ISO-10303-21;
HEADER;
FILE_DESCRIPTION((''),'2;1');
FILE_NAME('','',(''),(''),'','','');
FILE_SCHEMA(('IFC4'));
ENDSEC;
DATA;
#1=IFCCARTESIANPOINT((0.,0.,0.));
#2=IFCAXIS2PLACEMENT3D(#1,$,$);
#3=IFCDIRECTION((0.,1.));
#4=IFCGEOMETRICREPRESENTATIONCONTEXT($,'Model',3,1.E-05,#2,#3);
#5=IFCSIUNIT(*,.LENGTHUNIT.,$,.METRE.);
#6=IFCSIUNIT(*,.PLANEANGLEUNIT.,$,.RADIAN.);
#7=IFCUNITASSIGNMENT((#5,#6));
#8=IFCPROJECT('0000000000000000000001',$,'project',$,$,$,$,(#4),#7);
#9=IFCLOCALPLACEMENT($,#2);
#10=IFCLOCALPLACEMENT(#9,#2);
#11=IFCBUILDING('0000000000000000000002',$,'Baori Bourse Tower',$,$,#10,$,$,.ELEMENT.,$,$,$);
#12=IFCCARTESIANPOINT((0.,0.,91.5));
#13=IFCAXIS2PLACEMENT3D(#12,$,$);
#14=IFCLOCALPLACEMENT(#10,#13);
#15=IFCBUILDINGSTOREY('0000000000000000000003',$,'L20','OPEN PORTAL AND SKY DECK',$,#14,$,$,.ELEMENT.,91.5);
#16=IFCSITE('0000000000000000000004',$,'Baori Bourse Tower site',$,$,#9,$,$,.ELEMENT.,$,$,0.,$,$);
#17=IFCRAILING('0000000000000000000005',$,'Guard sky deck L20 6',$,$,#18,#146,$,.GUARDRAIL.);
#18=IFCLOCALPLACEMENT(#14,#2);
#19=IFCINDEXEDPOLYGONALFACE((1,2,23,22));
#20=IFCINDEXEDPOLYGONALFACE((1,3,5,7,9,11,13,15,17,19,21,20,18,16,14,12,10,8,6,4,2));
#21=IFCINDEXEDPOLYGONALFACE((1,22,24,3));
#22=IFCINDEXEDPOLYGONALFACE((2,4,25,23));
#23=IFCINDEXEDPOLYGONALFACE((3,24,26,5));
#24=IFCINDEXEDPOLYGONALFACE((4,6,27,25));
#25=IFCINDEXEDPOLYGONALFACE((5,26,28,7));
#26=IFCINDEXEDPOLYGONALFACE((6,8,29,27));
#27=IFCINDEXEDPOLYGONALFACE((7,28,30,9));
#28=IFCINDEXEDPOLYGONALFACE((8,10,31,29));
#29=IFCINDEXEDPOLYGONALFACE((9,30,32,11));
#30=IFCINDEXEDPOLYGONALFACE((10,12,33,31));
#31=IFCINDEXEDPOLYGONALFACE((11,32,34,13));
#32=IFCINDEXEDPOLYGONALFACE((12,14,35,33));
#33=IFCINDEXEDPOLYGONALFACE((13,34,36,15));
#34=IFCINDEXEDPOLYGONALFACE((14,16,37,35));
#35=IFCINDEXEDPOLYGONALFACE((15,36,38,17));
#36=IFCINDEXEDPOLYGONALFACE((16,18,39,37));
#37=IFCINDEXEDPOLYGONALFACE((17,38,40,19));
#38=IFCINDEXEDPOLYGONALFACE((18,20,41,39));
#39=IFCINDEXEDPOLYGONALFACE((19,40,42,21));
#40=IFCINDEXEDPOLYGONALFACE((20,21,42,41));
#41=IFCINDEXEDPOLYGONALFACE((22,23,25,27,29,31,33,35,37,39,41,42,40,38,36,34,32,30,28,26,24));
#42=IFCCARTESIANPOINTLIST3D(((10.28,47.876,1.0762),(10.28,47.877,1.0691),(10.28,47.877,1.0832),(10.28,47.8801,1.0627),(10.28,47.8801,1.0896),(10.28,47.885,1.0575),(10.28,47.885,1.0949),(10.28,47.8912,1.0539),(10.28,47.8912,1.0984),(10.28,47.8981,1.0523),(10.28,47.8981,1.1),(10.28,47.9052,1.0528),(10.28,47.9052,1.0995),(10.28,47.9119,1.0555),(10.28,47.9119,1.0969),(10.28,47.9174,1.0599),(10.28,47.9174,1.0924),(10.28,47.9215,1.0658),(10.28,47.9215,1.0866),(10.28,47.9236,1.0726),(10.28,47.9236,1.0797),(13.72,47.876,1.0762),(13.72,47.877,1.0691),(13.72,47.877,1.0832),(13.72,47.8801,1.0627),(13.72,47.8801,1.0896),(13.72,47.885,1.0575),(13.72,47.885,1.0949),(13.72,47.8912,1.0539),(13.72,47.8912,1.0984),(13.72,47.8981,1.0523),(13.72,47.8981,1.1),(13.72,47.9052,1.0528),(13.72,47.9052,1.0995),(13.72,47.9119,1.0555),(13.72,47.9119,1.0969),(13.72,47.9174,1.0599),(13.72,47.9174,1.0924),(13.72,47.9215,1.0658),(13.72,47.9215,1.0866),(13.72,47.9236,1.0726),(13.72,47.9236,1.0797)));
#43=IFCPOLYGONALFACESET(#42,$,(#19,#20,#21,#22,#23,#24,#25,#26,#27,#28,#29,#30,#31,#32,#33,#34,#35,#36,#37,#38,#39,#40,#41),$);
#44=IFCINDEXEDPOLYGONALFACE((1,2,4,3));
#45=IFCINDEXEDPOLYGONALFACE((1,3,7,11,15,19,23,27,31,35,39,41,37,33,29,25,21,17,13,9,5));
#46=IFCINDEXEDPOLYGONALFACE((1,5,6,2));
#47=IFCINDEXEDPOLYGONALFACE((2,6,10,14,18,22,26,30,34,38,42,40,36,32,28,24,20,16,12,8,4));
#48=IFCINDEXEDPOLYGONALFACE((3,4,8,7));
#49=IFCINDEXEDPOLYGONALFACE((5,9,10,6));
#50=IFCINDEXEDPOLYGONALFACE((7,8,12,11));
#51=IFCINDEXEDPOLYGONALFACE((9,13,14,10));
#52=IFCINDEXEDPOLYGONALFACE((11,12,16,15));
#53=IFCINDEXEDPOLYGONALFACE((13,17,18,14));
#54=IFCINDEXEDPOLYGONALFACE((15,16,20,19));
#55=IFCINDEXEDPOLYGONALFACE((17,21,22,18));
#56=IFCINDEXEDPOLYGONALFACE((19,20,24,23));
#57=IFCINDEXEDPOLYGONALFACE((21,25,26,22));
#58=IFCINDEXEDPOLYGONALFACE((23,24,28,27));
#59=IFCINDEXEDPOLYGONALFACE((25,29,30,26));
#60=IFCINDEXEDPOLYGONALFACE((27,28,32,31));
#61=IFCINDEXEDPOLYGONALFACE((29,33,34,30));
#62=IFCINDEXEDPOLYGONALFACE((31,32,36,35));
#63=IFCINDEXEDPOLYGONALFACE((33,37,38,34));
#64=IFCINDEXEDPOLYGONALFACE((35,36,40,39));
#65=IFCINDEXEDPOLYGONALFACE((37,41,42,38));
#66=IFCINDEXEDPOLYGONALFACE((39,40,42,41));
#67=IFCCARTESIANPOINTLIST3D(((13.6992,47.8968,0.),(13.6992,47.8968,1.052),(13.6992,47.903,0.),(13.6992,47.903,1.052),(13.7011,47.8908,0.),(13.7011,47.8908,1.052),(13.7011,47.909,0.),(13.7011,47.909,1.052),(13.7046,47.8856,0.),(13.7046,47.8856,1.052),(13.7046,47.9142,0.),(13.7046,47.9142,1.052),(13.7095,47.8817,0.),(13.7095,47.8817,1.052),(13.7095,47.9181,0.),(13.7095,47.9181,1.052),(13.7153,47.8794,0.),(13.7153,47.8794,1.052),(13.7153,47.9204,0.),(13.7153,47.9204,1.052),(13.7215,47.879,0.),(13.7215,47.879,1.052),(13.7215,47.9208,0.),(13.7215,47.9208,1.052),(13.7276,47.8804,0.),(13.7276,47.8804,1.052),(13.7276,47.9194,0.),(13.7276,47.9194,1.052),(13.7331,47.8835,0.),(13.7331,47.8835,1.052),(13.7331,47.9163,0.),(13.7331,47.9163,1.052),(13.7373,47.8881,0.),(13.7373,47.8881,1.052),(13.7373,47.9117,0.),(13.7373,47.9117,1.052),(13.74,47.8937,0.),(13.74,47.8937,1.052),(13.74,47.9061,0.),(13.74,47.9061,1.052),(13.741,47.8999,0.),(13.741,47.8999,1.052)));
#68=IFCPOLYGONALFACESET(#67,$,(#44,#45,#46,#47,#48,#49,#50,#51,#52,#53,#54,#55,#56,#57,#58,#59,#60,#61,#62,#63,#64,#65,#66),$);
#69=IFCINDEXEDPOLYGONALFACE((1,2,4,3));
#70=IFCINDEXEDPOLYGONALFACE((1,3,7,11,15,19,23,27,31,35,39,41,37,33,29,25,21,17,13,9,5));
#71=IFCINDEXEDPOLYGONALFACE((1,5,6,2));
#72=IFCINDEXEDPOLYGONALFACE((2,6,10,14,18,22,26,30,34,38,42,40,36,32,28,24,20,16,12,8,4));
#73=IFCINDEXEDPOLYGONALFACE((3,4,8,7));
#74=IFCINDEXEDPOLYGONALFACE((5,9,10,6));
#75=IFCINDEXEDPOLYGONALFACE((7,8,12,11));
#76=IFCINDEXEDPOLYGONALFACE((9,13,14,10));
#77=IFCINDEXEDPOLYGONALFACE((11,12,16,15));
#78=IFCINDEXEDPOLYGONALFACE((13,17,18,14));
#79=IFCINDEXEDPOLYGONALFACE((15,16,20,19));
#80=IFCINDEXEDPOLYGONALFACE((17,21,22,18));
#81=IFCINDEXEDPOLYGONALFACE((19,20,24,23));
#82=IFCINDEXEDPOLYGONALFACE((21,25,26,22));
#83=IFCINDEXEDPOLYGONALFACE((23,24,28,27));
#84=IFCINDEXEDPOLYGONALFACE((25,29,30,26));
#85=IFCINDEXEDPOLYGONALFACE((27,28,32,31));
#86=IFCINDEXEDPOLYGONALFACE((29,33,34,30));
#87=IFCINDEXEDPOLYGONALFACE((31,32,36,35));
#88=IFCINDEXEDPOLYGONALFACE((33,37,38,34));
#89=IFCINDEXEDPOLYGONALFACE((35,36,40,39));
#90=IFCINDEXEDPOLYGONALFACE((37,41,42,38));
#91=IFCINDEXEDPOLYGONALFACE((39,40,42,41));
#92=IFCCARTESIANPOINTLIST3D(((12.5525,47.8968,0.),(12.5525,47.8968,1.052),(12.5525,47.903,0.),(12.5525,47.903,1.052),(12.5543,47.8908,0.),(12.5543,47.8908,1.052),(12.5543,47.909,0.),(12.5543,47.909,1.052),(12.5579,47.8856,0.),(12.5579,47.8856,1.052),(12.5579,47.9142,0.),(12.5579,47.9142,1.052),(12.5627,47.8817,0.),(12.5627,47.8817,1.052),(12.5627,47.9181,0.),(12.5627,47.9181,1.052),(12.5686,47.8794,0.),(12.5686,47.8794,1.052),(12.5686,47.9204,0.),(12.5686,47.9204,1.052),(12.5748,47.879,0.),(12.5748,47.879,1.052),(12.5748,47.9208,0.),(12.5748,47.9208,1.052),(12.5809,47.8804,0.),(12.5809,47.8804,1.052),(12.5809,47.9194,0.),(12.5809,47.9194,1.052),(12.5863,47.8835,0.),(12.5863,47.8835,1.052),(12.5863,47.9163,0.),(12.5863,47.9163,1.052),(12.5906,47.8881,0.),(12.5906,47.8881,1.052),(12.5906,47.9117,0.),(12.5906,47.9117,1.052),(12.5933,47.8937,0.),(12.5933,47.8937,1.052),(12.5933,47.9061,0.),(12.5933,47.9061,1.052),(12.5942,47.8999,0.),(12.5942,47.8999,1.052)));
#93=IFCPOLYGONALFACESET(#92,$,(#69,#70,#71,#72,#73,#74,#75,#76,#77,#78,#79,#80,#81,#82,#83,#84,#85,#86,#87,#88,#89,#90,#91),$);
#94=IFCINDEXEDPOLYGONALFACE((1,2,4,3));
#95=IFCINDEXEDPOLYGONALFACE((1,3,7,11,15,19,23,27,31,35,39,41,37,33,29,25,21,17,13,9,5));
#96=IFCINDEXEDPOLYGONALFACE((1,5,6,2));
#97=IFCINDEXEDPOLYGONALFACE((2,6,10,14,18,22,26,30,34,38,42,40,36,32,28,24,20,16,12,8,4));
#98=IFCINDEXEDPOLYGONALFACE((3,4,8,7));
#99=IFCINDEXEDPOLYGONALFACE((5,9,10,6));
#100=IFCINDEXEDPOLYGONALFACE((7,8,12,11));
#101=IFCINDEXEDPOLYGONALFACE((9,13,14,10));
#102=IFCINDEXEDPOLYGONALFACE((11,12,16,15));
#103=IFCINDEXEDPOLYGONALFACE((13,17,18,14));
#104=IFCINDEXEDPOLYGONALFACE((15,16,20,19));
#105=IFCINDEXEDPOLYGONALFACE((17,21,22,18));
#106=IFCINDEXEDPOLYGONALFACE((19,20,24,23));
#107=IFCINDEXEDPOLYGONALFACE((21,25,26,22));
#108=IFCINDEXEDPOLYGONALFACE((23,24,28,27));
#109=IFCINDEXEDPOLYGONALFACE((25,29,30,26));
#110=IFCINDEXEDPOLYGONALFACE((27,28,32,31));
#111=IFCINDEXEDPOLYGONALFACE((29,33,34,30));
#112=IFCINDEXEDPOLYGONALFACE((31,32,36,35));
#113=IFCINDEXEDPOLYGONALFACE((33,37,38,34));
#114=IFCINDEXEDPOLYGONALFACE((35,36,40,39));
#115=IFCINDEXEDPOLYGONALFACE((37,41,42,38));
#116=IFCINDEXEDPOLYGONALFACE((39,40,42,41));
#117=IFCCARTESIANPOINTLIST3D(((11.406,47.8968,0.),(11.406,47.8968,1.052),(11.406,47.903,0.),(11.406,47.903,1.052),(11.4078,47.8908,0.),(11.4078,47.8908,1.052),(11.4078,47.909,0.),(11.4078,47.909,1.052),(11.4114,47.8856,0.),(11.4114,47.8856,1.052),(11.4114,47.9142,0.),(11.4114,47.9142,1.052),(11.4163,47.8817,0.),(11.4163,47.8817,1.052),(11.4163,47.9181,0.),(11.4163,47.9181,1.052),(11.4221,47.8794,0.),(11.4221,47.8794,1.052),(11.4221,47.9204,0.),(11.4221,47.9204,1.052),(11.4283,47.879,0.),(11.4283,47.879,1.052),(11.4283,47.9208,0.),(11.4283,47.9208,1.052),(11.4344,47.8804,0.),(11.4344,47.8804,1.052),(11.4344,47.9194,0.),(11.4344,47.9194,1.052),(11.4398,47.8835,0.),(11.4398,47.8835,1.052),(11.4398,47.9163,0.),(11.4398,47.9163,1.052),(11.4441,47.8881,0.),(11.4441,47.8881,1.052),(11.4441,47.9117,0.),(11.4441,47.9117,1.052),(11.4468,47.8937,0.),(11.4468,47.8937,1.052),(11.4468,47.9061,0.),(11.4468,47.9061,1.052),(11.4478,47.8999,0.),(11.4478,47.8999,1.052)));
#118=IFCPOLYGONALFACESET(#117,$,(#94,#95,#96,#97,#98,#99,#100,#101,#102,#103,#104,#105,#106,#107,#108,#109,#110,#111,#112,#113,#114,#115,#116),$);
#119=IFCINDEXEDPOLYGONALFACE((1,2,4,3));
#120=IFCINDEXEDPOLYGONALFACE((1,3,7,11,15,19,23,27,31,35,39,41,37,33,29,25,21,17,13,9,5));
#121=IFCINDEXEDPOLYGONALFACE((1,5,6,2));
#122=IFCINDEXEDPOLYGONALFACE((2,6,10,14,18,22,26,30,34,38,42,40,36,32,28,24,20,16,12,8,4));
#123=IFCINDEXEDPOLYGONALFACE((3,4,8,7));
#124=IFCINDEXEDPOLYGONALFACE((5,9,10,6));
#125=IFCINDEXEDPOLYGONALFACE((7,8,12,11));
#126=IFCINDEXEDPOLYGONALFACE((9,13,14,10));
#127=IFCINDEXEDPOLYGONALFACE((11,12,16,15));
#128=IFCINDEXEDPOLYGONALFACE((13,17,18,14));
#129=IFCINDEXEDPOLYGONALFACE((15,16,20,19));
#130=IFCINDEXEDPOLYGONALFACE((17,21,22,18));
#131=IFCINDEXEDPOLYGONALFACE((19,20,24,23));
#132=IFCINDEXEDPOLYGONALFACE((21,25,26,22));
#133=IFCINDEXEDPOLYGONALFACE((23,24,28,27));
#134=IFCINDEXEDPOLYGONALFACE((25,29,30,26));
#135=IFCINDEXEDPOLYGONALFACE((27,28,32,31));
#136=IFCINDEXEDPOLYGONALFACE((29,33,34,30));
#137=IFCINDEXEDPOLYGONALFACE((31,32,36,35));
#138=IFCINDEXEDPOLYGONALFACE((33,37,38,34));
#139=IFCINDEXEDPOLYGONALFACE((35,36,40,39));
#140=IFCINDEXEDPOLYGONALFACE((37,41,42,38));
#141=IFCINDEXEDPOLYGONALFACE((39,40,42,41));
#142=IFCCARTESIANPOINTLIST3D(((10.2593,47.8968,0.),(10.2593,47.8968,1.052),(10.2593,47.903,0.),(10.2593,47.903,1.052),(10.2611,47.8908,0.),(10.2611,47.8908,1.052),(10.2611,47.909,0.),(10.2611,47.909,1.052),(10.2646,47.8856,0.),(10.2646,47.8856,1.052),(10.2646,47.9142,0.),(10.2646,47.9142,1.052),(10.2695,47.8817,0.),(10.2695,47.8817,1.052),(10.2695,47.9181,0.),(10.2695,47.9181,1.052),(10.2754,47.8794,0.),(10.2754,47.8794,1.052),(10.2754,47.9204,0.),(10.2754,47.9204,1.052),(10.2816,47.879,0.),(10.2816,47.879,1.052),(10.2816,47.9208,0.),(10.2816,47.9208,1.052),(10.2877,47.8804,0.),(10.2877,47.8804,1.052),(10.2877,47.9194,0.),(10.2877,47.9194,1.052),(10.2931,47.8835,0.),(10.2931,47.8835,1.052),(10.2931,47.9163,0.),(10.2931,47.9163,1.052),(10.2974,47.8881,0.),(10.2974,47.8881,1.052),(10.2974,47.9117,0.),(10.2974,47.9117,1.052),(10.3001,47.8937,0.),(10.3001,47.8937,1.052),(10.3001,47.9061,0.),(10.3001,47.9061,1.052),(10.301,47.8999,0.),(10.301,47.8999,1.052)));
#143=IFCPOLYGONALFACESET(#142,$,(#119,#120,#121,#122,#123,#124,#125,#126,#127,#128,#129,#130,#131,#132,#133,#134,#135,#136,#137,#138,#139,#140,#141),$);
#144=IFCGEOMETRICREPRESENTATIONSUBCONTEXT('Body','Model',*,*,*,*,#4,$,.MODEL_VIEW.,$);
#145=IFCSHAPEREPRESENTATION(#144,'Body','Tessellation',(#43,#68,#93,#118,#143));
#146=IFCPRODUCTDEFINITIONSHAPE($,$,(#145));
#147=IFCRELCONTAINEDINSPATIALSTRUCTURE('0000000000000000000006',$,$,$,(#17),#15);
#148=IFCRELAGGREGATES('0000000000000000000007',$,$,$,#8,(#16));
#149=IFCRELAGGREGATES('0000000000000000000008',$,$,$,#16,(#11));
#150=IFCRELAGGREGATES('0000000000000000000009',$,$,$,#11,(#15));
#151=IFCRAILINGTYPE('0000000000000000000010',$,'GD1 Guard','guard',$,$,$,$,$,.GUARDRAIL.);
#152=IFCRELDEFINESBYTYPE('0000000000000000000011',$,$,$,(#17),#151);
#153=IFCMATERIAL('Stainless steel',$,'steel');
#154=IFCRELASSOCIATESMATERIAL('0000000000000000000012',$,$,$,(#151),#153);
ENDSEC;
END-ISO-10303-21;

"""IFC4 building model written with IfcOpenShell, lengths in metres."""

from ifc_helpers import new_model, si_unit, direction, frame, origin, origin_2d, place, context, subcontext, project, spatial, circle, extrude, material, type_object, element, save


model = new_model("IFC4")

# Units and contexts
model_context = context("Model", 3, precision=1e-05, world=origin(), true_north=direction((0.0, 1.0)))
body_context = subcontext(model_context, "Body", "Model", "MODEL_VIEW")
ifc_project = project(units=[si_unit("LENGTHUNIT", "METRE"), si_unit("PLANEANGLEUNIT", "RADIAN")], contexts=[model_context])

# Site, building, storey
site_placement = place(None, origin())
site = spatial("IfcSite", under=ifc_project, at=site_placement, Name="Baori Bourse Tower site", CompositionType="ELEMENT", RefElevation=0.0)
building_placement = place(site_placement, origin())
building = spatial("IfcBuilding", under=site, at=building_placement, Name="Baori Bourse Tower", CompositionType="ELEMENT")
storey_placement = place(building_placement, frame((0.0, 0.0, 91.5)))
storey = spatial("IfcBuildingStorey", under=building, at=storey_placement, Name="L20", Description="OPEN PORTAL AND SKY DECK", CompositionType="ELEMENT", Elevation=91.5)

# Railing
ifc_material_1 = material(Name="Stainless steel", Category="steel")
railing_type = type_object("IfcRailingType", Name="GD1 Guard", Description="guard", PredefinedType="GUARDRAIL", material=ifc_material_1)
railing_1_placement = place(storey_placement, frame((13.72, 47.8999, 0.0)))
element("IfcRailing", 1, at=railing_1_placement, inside=storey, type_object=railing_type, Name="Guard sky deck L20 6", PredefinedType="GUARDRAIL", context=body_context, shape_type="SweptSolid", body=[
    extrude(circle(Radius=0.0239, at=origin_2d()), frame((0.0, 0.0, 1.0762), z_axis=(-1.0, 0.0, 0.0), x_axis=(0.0, -1.0, 0.0)), (0.0, 0.0, 1.0), 3.4399),
    extrude(circle(Radius=0.021, at=origin_2d()), origin(), (0.0, 0.0, 1.0), 1.052),
    extrude(circle(Radius=0.021, at=origin_2d()), frame((-1.1467, 0.0, 0.0)), (0.0, 0.0, 1.0), 1.052),
    extrude(circle(Radius=0.021, at=origin_2d()), frame((-2.2932, 0.0, 0.0)), (0.0, 0.0, 1.0), 1.052),
    extrude(circle(Radius=0.021, at=origin_2d()), frame((-3.4399, 0.0, 0.0)), (0.0, 0.0, 1.0), 1.052),
])

save(model, "model.ifc")
